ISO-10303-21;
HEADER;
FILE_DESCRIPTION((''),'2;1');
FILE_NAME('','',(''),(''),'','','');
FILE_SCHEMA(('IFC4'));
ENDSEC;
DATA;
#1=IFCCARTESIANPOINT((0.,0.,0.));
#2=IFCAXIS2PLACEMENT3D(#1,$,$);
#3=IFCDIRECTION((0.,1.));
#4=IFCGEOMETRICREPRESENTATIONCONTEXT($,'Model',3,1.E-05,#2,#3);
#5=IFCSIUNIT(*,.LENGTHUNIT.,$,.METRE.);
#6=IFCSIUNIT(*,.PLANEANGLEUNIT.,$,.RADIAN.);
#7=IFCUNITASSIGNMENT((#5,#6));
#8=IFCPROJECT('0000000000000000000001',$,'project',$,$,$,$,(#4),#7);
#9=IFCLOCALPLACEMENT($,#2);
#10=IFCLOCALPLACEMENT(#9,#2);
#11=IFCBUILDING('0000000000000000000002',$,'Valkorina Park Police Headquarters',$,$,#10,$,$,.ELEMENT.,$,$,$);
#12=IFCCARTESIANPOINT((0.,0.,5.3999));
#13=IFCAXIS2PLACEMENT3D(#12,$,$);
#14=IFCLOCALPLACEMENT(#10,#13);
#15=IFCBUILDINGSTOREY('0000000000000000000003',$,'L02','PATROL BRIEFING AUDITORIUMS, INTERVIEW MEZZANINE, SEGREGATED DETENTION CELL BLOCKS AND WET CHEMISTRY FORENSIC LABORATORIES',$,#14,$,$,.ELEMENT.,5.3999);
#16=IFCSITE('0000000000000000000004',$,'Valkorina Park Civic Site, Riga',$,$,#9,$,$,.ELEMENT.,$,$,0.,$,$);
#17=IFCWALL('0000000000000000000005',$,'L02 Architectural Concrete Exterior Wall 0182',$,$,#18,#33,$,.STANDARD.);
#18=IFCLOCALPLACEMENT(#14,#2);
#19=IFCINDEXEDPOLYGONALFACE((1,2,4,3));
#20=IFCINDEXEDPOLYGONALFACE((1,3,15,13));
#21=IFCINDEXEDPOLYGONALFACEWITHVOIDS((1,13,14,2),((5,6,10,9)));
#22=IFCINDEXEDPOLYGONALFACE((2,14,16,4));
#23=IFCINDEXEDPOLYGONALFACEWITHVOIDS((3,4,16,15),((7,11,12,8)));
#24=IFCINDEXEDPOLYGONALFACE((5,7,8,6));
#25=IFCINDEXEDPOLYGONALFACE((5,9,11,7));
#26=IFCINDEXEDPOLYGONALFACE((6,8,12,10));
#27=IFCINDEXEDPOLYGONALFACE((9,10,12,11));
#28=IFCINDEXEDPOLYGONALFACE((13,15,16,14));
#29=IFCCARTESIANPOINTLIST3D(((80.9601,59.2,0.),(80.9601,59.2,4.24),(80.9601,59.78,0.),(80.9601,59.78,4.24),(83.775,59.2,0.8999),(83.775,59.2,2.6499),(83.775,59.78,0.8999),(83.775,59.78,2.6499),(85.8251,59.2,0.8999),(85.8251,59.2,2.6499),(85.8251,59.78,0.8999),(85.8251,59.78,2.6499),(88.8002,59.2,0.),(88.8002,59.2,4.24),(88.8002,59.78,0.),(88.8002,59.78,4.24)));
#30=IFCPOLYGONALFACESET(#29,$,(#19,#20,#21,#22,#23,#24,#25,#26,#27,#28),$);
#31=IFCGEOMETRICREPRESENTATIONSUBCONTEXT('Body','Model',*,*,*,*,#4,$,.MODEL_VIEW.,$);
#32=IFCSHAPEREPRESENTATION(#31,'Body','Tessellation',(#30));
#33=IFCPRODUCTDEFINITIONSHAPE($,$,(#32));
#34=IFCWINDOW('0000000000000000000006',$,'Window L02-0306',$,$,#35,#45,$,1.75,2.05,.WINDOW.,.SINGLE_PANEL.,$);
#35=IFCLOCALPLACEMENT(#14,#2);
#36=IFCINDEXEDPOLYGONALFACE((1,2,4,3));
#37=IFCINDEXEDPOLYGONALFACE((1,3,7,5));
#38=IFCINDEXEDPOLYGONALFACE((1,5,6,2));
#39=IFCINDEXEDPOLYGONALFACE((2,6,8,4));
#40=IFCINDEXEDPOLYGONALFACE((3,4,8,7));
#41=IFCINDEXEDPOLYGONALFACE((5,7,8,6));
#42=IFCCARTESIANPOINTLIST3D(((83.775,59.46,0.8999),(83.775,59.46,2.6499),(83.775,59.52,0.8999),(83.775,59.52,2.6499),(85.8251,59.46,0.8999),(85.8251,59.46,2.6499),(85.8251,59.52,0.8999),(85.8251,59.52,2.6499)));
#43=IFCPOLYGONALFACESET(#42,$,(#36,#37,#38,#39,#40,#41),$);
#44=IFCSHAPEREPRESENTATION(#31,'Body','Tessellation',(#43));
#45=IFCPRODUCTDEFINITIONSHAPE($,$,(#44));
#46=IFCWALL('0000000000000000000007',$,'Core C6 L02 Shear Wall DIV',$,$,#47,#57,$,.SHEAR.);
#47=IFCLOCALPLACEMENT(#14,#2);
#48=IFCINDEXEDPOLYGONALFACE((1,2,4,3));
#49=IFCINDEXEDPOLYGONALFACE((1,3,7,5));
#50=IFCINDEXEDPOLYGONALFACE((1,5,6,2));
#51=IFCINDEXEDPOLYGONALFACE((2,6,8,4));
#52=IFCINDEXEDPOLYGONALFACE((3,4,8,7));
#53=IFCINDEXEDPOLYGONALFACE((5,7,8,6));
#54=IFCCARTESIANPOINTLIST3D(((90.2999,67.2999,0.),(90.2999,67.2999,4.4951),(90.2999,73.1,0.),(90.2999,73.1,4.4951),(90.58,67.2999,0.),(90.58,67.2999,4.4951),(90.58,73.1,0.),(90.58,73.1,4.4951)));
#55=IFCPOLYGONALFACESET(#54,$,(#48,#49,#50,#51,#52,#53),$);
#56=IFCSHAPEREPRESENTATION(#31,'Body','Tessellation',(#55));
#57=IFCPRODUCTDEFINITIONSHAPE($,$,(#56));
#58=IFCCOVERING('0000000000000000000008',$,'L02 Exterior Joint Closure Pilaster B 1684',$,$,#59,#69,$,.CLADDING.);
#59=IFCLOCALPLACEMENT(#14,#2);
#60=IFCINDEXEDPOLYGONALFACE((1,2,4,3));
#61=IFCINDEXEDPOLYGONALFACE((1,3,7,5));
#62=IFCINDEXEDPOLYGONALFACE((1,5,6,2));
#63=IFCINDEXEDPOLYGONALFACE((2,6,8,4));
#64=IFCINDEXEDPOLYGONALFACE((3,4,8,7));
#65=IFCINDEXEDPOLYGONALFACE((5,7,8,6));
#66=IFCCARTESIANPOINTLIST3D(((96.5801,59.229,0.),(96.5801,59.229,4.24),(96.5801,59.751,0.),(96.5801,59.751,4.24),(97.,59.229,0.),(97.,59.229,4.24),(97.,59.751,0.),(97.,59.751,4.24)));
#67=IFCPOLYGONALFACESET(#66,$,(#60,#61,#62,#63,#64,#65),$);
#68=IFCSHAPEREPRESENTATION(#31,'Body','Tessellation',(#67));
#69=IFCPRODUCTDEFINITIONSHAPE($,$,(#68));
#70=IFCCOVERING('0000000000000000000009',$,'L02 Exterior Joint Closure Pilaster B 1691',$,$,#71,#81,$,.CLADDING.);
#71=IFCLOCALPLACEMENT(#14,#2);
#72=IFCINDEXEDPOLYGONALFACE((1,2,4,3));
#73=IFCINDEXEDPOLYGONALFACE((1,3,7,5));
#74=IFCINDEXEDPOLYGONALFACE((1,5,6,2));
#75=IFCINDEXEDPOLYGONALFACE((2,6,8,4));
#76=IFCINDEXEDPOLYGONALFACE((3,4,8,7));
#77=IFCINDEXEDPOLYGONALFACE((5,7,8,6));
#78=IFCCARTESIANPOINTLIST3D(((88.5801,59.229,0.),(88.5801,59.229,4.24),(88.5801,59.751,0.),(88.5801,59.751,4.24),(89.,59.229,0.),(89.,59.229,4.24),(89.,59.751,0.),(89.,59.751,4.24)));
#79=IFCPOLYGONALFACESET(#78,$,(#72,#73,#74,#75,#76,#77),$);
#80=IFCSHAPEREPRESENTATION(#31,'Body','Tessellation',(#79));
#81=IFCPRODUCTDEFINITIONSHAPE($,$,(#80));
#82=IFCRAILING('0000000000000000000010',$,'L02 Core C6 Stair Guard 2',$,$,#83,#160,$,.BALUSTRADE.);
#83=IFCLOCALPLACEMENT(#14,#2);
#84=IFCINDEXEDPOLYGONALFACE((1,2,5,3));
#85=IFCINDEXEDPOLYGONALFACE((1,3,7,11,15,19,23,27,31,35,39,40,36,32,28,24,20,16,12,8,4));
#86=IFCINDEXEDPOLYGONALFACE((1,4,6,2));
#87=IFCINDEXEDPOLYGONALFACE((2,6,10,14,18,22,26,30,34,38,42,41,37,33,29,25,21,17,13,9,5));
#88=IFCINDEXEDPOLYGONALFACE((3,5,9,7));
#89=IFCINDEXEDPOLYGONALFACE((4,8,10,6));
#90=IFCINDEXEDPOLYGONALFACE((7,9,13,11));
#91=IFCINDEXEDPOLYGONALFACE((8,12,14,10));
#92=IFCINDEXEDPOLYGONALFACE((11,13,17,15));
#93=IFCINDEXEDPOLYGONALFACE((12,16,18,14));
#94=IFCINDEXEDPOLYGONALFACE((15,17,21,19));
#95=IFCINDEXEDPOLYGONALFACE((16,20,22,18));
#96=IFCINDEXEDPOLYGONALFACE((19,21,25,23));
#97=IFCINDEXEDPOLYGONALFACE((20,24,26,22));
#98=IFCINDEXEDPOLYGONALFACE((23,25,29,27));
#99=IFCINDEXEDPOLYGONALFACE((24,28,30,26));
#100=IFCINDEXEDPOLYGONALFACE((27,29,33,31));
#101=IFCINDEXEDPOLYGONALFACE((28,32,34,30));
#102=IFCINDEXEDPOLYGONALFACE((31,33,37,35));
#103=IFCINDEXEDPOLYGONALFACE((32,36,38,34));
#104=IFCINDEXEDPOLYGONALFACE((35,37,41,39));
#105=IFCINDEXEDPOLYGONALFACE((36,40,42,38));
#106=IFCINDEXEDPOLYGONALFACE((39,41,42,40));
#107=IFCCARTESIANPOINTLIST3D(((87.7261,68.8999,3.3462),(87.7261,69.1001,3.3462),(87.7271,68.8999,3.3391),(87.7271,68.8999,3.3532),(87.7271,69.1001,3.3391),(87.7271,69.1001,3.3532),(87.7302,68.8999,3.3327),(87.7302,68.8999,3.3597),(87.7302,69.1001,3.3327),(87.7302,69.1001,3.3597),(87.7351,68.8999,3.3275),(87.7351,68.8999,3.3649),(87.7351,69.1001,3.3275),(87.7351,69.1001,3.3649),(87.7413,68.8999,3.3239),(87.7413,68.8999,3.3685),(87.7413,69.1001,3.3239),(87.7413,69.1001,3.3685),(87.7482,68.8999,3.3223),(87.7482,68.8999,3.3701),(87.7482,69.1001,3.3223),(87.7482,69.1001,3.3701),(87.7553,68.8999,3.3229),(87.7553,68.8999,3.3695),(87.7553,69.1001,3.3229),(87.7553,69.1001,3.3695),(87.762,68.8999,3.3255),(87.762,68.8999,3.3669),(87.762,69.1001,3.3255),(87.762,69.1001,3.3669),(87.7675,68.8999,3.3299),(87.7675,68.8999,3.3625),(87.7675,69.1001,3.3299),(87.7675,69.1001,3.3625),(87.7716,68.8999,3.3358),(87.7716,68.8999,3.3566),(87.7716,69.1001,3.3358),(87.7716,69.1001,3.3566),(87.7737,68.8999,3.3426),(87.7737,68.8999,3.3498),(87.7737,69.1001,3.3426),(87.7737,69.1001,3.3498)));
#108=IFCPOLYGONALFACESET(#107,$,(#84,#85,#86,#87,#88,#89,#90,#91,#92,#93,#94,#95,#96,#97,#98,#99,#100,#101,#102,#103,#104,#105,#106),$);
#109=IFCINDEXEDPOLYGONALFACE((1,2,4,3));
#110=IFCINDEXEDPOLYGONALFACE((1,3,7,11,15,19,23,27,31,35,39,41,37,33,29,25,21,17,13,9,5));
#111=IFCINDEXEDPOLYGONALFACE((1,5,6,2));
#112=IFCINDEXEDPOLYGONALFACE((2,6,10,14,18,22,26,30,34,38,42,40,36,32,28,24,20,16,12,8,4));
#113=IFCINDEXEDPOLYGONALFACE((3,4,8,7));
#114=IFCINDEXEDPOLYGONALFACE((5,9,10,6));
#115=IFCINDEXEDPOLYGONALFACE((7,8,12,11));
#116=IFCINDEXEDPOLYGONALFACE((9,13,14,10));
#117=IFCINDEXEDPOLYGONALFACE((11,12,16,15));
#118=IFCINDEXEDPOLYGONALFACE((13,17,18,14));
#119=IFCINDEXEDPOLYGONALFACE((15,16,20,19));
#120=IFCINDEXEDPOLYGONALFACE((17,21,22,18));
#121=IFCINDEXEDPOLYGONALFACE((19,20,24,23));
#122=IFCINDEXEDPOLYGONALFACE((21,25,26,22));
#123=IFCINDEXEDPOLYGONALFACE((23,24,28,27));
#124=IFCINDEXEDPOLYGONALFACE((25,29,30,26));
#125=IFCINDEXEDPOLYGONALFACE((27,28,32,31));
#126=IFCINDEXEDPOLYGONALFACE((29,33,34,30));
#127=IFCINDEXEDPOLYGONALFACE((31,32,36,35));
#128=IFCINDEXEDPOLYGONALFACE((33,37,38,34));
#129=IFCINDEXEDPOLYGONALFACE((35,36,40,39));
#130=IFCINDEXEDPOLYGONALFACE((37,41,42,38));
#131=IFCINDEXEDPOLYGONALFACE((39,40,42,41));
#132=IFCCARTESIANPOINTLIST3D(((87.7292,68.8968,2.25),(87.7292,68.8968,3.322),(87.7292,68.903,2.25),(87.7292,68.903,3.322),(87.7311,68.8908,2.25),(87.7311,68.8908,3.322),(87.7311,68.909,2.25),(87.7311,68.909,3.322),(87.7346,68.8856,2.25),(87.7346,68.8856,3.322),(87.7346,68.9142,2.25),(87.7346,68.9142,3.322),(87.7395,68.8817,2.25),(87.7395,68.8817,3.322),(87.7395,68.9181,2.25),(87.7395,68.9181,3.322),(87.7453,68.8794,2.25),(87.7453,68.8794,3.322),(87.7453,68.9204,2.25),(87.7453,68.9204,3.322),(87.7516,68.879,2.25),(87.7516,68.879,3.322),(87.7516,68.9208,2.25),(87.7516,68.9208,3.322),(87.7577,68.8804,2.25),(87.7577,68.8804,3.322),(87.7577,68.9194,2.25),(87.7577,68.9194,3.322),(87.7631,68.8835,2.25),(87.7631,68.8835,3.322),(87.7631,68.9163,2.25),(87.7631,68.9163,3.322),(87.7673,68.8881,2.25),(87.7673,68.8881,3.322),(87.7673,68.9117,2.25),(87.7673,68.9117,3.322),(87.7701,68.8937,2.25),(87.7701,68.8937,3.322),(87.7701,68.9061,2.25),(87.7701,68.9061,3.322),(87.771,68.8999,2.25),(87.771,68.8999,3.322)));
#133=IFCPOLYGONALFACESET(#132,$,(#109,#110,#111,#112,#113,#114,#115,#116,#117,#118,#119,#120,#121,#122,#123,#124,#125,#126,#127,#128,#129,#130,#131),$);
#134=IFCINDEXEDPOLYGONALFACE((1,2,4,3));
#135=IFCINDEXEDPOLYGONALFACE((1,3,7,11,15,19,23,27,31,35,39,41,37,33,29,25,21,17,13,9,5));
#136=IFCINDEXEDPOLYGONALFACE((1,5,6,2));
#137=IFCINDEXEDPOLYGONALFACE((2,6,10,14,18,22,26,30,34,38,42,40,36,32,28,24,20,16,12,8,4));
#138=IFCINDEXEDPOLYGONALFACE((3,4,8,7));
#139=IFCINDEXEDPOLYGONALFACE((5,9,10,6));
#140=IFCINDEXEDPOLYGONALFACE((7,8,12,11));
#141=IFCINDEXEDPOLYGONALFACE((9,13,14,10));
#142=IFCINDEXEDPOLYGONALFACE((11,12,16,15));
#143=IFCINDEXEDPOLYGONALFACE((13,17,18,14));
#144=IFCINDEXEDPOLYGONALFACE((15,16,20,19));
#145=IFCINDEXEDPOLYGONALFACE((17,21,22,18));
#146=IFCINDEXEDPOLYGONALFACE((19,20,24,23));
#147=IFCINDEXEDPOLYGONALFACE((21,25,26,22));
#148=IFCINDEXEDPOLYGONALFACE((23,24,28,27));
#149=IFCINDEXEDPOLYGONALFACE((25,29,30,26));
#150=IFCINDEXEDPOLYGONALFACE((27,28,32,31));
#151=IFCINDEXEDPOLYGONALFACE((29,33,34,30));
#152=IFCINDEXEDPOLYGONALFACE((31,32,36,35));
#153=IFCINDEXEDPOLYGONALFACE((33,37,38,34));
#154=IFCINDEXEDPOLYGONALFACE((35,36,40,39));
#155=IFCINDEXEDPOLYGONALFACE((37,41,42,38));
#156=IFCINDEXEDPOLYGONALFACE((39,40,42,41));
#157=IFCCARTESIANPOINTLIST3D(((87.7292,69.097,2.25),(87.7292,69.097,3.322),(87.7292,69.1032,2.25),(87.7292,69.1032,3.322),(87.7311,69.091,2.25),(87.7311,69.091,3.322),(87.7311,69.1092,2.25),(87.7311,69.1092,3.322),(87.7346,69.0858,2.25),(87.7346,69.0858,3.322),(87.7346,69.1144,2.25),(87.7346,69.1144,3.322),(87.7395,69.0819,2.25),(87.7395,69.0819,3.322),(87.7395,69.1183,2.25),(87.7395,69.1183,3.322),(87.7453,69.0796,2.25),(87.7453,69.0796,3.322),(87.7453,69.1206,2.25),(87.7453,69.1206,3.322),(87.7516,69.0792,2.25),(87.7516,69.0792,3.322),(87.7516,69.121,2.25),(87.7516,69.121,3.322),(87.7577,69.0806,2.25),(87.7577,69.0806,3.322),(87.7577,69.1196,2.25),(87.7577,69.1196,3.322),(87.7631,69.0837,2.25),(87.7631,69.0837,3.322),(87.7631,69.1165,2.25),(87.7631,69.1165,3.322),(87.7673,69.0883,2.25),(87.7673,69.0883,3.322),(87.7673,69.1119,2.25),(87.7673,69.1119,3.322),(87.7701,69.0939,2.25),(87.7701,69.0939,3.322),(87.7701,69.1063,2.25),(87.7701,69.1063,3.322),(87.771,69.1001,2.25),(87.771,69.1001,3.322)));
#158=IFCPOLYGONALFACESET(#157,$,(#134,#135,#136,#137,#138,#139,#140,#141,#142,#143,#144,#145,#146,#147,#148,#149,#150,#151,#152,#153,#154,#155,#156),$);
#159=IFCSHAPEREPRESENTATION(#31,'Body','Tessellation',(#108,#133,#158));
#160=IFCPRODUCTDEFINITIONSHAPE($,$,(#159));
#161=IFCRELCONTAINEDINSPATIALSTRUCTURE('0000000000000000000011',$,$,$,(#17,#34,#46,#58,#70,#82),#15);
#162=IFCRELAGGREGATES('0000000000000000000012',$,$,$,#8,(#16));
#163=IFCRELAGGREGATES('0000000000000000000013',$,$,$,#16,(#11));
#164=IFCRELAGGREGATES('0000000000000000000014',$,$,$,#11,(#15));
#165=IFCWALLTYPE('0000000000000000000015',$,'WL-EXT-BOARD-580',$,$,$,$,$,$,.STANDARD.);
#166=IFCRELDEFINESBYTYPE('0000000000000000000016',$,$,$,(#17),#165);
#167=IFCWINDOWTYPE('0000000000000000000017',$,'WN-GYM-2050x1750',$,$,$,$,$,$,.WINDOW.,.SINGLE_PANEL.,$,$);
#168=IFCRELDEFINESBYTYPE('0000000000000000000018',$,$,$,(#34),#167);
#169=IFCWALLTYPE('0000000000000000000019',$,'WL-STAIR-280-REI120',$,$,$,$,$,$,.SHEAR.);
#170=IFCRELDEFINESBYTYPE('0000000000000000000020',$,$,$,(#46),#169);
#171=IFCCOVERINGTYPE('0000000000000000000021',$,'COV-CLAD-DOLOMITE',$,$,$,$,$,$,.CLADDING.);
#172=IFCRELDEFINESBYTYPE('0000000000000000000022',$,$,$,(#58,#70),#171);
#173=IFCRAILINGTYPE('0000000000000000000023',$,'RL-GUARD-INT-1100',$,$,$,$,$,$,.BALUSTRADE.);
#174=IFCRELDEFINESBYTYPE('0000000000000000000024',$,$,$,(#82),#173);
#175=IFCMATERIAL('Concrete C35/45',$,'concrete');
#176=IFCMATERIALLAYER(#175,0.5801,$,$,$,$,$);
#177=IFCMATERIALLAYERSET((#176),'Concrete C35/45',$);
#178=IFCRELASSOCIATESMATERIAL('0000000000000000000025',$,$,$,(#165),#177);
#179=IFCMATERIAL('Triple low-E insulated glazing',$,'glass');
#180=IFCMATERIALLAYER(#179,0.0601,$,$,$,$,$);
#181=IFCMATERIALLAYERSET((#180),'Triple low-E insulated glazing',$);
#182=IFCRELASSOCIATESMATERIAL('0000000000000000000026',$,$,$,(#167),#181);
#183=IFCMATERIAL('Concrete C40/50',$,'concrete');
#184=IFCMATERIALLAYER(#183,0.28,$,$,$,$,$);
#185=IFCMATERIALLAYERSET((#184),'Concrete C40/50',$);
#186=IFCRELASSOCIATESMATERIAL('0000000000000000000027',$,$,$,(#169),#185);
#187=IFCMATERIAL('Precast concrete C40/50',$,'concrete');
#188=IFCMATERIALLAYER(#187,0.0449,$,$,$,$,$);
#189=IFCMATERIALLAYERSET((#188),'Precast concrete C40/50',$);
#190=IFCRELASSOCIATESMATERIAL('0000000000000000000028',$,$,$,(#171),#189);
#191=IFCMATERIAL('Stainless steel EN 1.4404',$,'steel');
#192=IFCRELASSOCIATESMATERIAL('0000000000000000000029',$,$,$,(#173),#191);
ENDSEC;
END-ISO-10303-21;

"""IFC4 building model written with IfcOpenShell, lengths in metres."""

from ifc_helpers import new_model, si_unit, direction, frame, frame_2d, origin, origin_2d, place, context, subcontext, project, spatial, rectangle, circle, extrude, material, layer, layer_set, type_object, element, fill, save


model = new_model("IFC4")

# Units and contexts
model_context = context("Model", 3, precision=1e-05, world=origin(), true_north=direction((0.0, 1.0)))
body_context = subcontext(model_context, "Body", "Model", "MODEL_VIEW")
ifc_project = project(units=[si_unit("LENGTHUNIT", "METRE"), si_unit("PLANEANGLEUNIT", "RADIAN")], contexts=[model_context])

# Site, building, storey
site_placement = place(None, origin())
site = spatial("IfcSite", under=ifc_project, at=site_placement, Name="Valkorina Park Civic Site, Riga", CompositionType="ELEMENT", RefElevation=0.0)
building_placement = place(site_placement, origin())
building = spatial("IfcBuilding", under=site, at=building_placement, Name="Valkorina Park Police Headquarters", CompositionType="ELEMENT")
storey_placement = place(building_placement, frame((0.0, 0.0, 5.3999)))
storey = spatial("IfcBuildingStorey", under=building, at=storey_placement, Name="L02", Description="PATROL BRIEFING AUDITORIUMS, INTERVIEW MEZZANINE, SEGREGATED DETENTION CELL BLOCKS AND WET CHEMISTRY FORENSIC LABORATORIES", CompositionType="ELEMENT", Elevation=5.3999)

# Shared definitions
ifc_material_1 = material(Name="Stainless steel EN 1.4404", Category="steel")

# Shared definitions
ifc_material_2 = material(Name="Concrete C40/50", Category="concrete")

# Wall, opening, window
ifc_material_3 = material(Name="Concrete C35/45", Category="concrete")
ifc_layer_1 = layer(ifc_material_3, 0.5801)
ifc_layer_set_1 = layer_set([ifc_layer_1], Name="Concrete C35/45")
wall_type_1 = type_object("IfcWallType", Name="WL-EXT-BOARD-580", PredefinedType="STANDARD", material=ifc_layer_set_1)
ifc_material_4 = material(Name="Triple low-E insulated glazing", Category="glass")
wall_1_placement = place(storey_placement, frame((88.8, 59.49, 0.0), z_axis=(0.0, 0.0, 1.0), x_axis=(-1.0, 0.0, 0.0)))
wall_1 = element("IfcWall", 1, at=wall_1_placement, inside=storey, type_object=wall_type_1, Name="L02 Architectural Concrete Exterior Wall 0182", PredefinedType="STANDARD", context=body_context, shape_type="SweptSolid", body=[
    extrude(rectangle(XDim=7.8401, YDim=0.5801, at=frame_2d((3.9199, 0.0))), origin(), (0.0, 0.0, 1.0), 4.24),
])
opening_1_placement = place(wall_1_placement, frame((2.9751, 0.0, 0.8999)))
opening_1 = element("IfcOpeningElement", 2, at=opening_1_placement, cuts=wall_1, PredefinedType="OPENING", context=body_context, shape_type="SweptSolid", body=[
    extrude(rectangle(XDim=2.05, YDim=1.75, at=frame_2d((1.0249, 0.875))), frame((0.0, 0.3, 0.0), z_axis=(0.0, -1.0, 0.0), x_axis=(1.0, 0.0, 0.0)), (0.0, 0.0, 1.0), 0.6001),
])
ifc_layer_2 = layer(ifc_material_4, 0.0601)
ifc_layer_set_2 = layer_set([ifc_layer_2], Name="Triple low-E insulated glazing")
window_type_1 = type_object("IfcWindowType", Name="WN-GYM-2050x1750", PartitioningType="SINGLE_PANEL", PredefinedType="WINDOW", material=ifc_layer_set_2)
window_1_placement = place(opening_1_placement, origin())
window_1 = element("IfcWindow", 3, at=window_1_placement, inside=storey, type_object=window_type_1, Name="Window L02-0306", OverallHeight=1.75, OverallWidth=2.05, PartitioningType="SINGLE_PANEL", PredefinedType="WINDOW", context=body_context, shape_type="SweptSolid", body=[
    extrude(rectangle(XDim=2.05, YDim=1.75, at=frame_2d((1.0249, 0.875))), frame((0.0, 0.03, 0.0), z_axis=(0.0, -1.0, 0.0), x_axis=(1.0, 0.0, 0.0)), (0.0, 0.0, 1.0), 0.0601),
])
fill(opening_1, window_1)

# Wall
ifc_layer_3 = layer(ifc_material_2, 0.28)
ifc_layer_set_3 = layer_set([ifc_layer_3], Name="Concrete C40/50")
wall_type_2 = type_object("IfcWallType", Name="WL-STAIR-280-REI120", PredefinedType="SHEAR", material=ifc_layer_set_3)
wall_2_placement = place(storey_placement, frame((90.4399, 67.3, 0.0), z_axis=(0.0, 0.0, 1.0), x_axis=(0.0, 1.0, 0.0)))
element("IfcWall", 4, at=wall_2_placement, inside=storey, type_object=wall_type_2, Name="Core C6 L02 Shear Wall DIV", PredefinedType="SHEAR", context=body_context, shape_type="SweptSolid", body=[
    extrude(rectangle(XDim=5.8, YDim=0.28, at=frame_2d((2.8999, 0.0))), origin(), (0.0, 0.0, 1.0), 4.4951),
])

# Coverings
ifc_material_5 = material(Name="Precast concrete C40/50", Category="concrete")
ifc_layer_4 = layer(ifc_material_5, 0.0449)
ifc_layer_set_4 = layer_set([ifc_layer_4], Name="Precast concrete C40/50")
covering_type = type_object("IfcCoveringType", Name="COV-CLAD-DOLOMITE", PredefinedType="CLADDING", material=ifc_layer_set_4)
for number, where, z_axis, x_axis, name in (
    (5, (96.79, 59.49, 0.0), (0.0, 0.0, 1.0), (1.0, 0.0, 0.0), "L02 Exterior Joint Closure Pilaster B 1684"),
    (6, (88.79, 59.49, 0.0), (0.0, 0.0, 1.0), (1.0, 0.0, 0.0), "L02 Exterior Joint Closure Pilaster B 1691"),
):
    element("IfcCovering", number, at=place(storey_placement, frame(where, z_axis=z_axis, x_axis=x_axis)), inside=storey, type_object=covering_type, Name=name, PredefinedType="CLADDING", context=body_context, shape_type="SweptSolid", body=[
        extrude(rectangle(XDim=0.4199, YDim=0.522, at=origin_2d()), origin(), (0.0, 0.0, 1.0), 4.24),
    ])

# Railing
railing_type = type_object("IfcRailingType", Name="RL-GUARD-INT-1100", PredefinedType="BALUSTRADE", material=ifc_material_1)
railing_placement = place(storey_placement, frame((87.75, 68.8999, 2.25)))
element("IfcRailing", 7, at=railing_placement, inside=storey, type_object=railing_type, Name="L02 Core C6 Stair Guard 2", PredefinedType="BALUSTRADE", context=body_context, shape_type="SweptSolid", body=[
    extrude(circle(Radius=0.0239, at=origin_2d()), frame((0.0, 0.0, 1.0962), z_axis=(0.0, 1.0, 0.0), x_axis=(-1.0, 0.0, 0.0)), (0.0, 0.0, 1.0), 0.2002),
    extrude(circle(Radius=0.021, at=origin_2d()), origin(), (0.0, 0.0, 1.0), 1.072),
    extrude(circle(Radius=0.021, at=origin_2d()), frame((0.0, 0.2002, 0.0)), (0.0, 0.0, 1.0), 1.072),
])

save(model, "model.ifc")
